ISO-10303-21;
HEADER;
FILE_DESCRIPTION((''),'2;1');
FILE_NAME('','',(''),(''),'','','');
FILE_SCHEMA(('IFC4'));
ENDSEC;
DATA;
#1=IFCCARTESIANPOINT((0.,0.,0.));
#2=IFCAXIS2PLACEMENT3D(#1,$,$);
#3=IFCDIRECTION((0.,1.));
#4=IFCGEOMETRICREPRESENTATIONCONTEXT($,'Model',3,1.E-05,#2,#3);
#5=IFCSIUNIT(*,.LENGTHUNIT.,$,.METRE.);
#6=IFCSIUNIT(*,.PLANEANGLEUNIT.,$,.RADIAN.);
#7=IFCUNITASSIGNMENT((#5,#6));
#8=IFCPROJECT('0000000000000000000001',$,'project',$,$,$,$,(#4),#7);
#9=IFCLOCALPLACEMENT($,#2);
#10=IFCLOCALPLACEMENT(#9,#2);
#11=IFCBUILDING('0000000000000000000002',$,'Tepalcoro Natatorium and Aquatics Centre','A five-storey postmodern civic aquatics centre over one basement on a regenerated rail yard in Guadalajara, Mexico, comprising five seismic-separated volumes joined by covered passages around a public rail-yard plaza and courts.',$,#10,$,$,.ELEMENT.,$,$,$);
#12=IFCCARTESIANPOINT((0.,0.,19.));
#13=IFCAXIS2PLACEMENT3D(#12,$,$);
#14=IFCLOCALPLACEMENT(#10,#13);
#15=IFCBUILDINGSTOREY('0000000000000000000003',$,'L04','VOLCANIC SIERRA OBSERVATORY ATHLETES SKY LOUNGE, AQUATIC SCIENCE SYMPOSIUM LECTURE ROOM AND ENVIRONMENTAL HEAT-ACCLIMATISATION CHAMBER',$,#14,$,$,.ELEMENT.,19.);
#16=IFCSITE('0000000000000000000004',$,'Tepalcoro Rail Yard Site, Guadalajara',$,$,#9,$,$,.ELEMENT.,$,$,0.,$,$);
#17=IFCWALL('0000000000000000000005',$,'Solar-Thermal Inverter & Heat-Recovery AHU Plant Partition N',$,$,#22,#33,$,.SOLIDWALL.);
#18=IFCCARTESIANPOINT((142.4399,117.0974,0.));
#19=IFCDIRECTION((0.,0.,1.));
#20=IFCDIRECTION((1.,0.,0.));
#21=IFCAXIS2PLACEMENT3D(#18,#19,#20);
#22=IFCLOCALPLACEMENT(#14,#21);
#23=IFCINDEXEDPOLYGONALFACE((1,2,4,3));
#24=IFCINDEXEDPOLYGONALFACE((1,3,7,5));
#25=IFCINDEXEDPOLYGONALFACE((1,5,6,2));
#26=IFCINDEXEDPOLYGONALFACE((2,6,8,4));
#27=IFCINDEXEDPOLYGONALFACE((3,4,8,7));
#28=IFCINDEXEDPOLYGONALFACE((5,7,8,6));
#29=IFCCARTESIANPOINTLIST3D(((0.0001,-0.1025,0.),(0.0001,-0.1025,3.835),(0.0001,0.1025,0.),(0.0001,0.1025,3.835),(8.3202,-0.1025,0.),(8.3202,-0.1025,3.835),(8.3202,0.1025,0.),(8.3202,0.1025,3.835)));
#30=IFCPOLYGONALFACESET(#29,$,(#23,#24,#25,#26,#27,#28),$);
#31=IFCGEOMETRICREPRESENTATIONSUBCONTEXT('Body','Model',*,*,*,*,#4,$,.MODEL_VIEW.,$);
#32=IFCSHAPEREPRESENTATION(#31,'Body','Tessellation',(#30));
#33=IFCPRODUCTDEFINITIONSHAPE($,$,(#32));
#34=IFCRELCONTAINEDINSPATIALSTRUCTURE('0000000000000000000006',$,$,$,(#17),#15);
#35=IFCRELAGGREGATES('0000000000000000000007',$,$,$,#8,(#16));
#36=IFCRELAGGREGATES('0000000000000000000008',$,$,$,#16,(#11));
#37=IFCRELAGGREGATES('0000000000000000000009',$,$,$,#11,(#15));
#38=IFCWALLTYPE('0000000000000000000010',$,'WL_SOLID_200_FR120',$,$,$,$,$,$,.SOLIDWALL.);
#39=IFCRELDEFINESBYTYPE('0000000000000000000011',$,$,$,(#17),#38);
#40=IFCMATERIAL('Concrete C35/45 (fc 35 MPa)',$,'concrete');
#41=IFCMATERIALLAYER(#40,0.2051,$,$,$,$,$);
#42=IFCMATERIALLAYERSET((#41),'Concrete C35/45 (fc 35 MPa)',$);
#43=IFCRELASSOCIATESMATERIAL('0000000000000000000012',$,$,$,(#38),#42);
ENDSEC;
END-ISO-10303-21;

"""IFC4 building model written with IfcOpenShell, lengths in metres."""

from ifc_helpers import new_model, si_unit, direction, frame, frame_2d, origin, place, context, subcontext, project, spatial, rectangle, extrude, material, layer, layer_set, type_object, element, save


model = new_model("IFC4")

# Units and contexts
model_context = context("Model", 3, precision=1e-05, world=origin(), true_north=direction((0.0, 1.0)))
body_context = subcontext(model_context, "Body", "Model", "MODEL_VIEW")
ifc_project = project(units=[si_unit("LENGTHUNIT", "METRE"), si_unit("PLANEANGLEUNIT", "RADIAN")], contexts=[model_context])

# Site, building, storey
site_placement = place(None, origin())
site = spatial("IfcSite", under=ifc_project, at=site_placement, Name="Tepalcoro Rail Yard Site, Guadalajara", CompositionType="ELEMENT", RefElevation=0.0)
building_placement = place(site_placement, origin())
building = spatial("IfcBuilding", under=site, at=building_placement, Name="Tepalcoro Natatorium and Aquatics Centre", Description="A five-storey postmodern civic aquatics centre over one basement on a regenerated rail yard in Guadalajara, Mexico, comprising five seismic-separated volumes joined by covered passages around a public rail-yard plaza and courts.", CompositionType="ELEMENT")
storey_placement = place(building_placement, frame((0.0, 0.0, 19.0)))
storey = spatial("IfcBuildingStorey", under=building, at=storey_placement, Name="L04", Description="VOLCANIC SIERRA OBSERVATORY ATHLETES SKY LOUNGE, AQUATIC SCIENCE SYMPOSIUM LECTURE ROOM AND ENVIRONMENTAL HEAT-ACCLIMATISATION CHAMBER", CompositionType="ELEMENT", Elevation=19.0)

# Shared definitions
ifc_material_1 = material(Name="Concrete C35/45 (fc 35 MPa)", Category="concrete")
ifc_layer_1 = layer(ifc_material_1, 0.2051)
ifc_layer_set_1 = layer_set([ifc_layer_1], Name="Concrete C35/45 (fc 35 MPa)")
wall_type_1 = type_object("IfcWallType", Name="WL_SOLID_200_FR120", PredefinedType="SOLIDWALL", material=ifc_layer_set_1)

# Wall
wall_1_placement = place(storey_placement, frame((142.4399, 117.0974, 0.0), z_axis=(0.0, 0.0, 1.0), x_axis=(1.0, 0.0, 0.0)))
element("IfcWall", 1, at=wall_1_placement, inside=storey, type_object=wall_type_1, Name="Solar-Thermal Inverter & Heat-Recovery AHU Plant Partition N", PredefinedType="SOLIDWALL", context=body_context, shape_type="SweptSolid", body=[
    extrude(rectangle(XDim=8.3201, YDim=0.2051, at=frame_2d((4.1602, 0.0))), origin(), (0.0, 0.0, 1.0), 3.835),
])

save(model, "model.ifc")
